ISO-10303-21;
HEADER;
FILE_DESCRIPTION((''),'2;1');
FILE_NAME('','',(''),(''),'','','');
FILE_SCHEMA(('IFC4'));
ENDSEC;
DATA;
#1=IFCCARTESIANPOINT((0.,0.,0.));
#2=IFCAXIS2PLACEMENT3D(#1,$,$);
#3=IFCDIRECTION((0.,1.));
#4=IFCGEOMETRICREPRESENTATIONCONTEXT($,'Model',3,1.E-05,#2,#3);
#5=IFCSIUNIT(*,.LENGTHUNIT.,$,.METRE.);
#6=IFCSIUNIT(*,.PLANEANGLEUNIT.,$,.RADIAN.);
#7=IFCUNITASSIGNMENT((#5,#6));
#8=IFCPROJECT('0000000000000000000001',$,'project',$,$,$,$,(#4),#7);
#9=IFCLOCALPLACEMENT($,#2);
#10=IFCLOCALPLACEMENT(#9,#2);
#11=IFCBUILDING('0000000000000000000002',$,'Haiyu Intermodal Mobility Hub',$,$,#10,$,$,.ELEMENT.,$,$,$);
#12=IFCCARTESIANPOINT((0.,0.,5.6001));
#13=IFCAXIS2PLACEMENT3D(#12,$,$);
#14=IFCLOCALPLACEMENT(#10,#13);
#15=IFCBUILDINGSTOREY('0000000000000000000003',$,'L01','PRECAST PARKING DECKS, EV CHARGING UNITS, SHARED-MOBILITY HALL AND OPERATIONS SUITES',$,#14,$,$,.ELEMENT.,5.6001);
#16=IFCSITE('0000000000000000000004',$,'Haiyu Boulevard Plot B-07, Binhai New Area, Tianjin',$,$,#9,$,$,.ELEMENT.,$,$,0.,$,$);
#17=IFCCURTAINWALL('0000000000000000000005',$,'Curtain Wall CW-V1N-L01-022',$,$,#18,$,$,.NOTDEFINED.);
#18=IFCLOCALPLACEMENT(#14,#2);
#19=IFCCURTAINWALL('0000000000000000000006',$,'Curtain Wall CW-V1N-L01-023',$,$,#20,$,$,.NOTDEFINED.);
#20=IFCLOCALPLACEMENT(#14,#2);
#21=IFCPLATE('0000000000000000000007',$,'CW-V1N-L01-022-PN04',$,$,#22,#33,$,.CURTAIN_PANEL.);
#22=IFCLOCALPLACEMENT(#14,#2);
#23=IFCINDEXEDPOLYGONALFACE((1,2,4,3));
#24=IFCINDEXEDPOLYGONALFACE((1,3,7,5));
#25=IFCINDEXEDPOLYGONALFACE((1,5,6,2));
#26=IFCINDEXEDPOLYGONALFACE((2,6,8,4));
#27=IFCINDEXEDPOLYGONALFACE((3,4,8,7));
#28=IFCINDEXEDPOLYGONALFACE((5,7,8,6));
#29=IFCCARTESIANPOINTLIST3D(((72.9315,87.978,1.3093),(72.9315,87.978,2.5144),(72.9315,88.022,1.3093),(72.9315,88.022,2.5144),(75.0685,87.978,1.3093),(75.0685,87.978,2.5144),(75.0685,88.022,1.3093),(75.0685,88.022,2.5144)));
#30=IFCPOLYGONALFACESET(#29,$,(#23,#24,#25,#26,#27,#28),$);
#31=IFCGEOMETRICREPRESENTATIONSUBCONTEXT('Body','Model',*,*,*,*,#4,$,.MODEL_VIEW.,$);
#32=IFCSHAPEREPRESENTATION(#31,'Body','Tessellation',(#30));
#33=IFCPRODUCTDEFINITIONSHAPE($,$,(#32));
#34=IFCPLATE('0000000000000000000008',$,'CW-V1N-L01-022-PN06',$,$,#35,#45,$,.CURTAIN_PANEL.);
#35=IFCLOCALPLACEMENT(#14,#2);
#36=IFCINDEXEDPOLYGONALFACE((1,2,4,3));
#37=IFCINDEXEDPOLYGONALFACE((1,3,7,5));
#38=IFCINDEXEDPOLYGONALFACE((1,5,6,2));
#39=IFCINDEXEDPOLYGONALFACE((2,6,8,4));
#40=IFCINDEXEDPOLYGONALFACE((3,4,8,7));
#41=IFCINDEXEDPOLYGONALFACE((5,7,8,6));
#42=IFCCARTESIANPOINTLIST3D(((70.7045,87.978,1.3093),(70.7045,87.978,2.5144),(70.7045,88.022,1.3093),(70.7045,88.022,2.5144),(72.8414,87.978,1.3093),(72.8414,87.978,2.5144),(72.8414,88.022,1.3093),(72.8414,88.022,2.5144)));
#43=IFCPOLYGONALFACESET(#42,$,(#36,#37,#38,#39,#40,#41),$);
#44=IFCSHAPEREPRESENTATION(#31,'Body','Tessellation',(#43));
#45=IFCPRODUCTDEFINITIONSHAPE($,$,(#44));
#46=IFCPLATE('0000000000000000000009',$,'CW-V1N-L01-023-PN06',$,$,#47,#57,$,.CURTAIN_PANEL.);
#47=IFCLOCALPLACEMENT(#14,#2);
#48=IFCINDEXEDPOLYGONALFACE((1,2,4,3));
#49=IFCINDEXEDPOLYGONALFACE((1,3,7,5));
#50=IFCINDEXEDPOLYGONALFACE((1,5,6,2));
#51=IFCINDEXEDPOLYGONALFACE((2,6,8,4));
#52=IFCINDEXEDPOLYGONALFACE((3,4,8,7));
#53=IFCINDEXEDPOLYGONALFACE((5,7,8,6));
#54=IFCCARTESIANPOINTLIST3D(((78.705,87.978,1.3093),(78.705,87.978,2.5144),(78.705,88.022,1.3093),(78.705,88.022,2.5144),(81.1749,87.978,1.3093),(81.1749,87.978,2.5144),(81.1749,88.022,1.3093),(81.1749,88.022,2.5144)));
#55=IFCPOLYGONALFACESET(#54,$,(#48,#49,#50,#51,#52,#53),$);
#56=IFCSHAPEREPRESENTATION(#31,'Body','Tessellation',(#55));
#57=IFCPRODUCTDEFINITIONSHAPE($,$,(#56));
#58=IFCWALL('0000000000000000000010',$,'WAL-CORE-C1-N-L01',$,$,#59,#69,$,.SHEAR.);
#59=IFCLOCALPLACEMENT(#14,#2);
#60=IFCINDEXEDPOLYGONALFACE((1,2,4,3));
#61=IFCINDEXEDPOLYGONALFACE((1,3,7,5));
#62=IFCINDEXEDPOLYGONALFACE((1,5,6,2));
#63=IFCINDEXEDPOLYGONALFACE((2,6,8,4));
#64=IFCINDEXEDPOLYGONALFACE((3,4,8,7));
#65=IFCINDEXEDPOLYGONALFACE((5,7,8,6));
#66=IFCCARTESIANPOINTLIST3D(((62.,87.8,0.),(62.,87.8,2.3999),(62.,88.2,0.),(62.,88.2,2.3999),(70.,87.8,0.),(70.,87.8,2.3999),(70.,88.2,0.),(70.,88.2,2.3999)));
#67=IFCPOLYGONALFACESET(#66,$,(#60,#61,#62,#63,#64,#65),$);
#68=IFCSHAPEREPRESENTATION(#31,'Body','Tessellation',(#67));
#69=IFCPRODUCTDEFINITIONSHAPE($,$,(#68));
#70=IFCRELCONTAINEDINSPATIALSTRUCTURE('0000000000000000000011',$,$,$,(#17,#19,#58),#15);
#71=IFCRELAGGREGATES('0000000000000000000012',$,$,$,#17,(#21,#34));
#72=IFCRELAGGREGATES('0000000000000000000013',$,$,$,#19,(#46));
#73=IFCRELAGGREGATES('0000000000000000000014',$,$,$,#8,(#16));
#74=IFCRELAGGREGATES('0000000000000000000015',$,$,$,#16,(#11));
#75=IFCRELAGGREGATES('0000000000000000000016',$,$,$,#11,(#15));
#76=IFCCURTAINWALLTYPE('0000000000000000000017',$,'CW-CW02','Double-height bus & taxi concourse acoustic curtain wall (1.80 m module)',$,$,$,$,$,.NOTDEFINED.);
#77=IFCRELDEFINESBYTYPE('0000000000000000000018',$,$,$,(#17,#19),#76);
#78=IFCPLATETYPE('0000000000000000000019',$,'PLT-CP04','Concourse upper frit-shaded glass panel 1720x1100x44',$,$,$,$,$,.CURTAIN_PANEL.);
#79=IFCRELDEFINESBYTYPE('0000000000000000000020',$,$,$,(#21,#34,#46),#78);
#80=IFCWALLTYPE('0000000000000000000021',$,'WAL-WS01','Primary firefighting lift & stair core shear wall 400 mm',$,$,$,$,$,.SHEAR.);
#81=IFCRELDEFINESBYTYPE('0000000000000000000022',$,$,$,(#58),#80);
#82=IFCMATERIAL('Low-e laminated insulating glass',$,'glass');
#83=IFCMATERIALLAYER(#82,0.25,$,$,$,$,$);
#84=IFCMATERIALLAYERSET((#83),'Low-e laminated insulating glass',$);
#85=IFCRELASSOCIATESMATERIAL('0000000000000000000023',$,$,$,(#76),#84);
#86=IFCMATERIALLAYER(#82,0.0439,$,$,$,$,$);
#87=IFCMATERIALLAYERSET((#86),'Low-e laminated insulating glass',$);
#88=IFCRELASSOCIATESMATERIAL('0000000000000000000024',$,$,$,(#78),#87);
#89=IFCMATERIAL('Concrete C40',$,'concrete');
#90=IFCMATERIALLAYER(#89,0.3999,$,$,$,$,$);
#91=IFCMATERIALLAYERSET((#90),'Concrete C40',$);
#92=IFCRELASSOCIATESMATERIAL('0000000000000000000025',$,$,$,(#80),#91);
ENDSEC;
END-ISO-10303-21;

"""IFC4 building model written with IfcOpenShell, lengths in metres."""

from ifc_helpers import new_model, si_unit, direction, frame, frame_2d, origin, origin_2d, place, context, subcontext, project, spatial, rectangle, extrude, material, layer, layer_set, type_object, element, aggregate, save


model = new_model("IFC4")

# Units and contexts
model_context = context("Model", 3, precision=1e-05, world=origin(), true_north=direction((0.0, 1.0)))
body_context = subcontext(model_context, "Body", "Model", "MODEL_VIEW")
ifc_project = project(units=[si_unit("LENGTHUNIT", "METRE"), si_unit("PLANEANGLEUNIT", "RADIAN")], contexts=[model_context])

# Site, building, storey
site_placement = place(None, origin())
site = spatial("IfcSite", under=ifc_project, at=site_placement, Name="Haiyu Boulevard Plot B-07, Binhai New Area, Tianjin", CompositionType="ELEMENT", RefElevation=0.0)
building_placement = place(site_placement, origin())
building = spatial("IfcBuilding", under=site, at=building_placement, Name="Haiyu Intermodal Mobility Hub", CompositionType="ELEMENT")
storey_placement = place(building_placement, frame((0.0, 0.0, 5.6001)))
storey = spatial("IfcBuildingStorey", under=building, at=storey_placement, Name="L01", Description="PRECAST PARKING DECKS, EV CHARGING UNITS, SHARED-MOBILITY HALL AND OPERATIONS SUITES", CompositionType="ELEMENT", Elevation=5.6001)

# Shared definitions
ifc_material_1 = material(Name="Concrete C40", Category="concrete")

# Curtain walls
ifc_material_2 = material(Name="Low-e laminated insulating glass", Category="glass")
ifc_layer_1 = layer(ifc_material_2, 0.25)
ifc_layer_set_1 = layer_set([ifc_layer_1], Name="Low-e laminated insulating glass")
curtain_wall_type = type_object("IfcCurtainWallType", Name="CW-CW02", Description="Double-height bus & taxi concourse acoustic curtain wall (1.80 m module)", PredefinedType="NOTDEFINED", material=ifc_layer_set_1)
curtain_wall_1_placement = place(storey_placement, origin())
curtain_wall_1 = element("IfcCurtainWall", 1, at=curtain_wall_1_placement, inside=storey, type_object=curtain_wall_type, Name="Curtain Wall CW-V1N-L01-022", PredefinedType="NOTDEFINED")
curtain_wall_2_placement = place(storey_placement, origin())
curtain_wall_2 = element("IfcCurtainWall", 2, at=curtain_wall_2_placement, inside=storey, type_object=curtain_wall_type, Name="Curtain Wall CW-V1N-L01-023", PredefinedType="NOTDEFINED")

# Plates
ifc_layer_2 = layer(ifc_material_2, 0.0439)
ifc_layer_set_2 = layer_set([ifc_layer_2], Name="Low-e laminated insulating glass")
plate_type_1 = type_object("IfcPlateType", Name="PLT-CP04", Description="Concourse upper frit-shaded glass panel 1720x1100x44", PredefinedType="CURTAIN_PANEL", material=ifc_layer_set_2)
plate_1_placement = place(storey_placement, frame((74.0, 88.0, 1.3093), z_axis=(0.0, 0.0, 1.0), x_axis=(-1.0, 0.0, 0.0)))
plate_1 = element("IfcPlate", 3, at=plate_1_placement, type_object=plate_type_1, Name="CW-V1N-L01-022-PN04", PredefinedType="CURTAIN_PANEL", context=body_context, shape_type="SweptSolid", body=[
    extrude(rectangle(XDim=2.137, YDim=0.0439, at=origin_2d()), origin(), (0.0, 0.0, 1.0), 1.2051),
])
plate_2_placement = place(storey_placement, frame((71.7729, 88.0, 1.3093), z_axis=(0.0, 0.0, 1.0), x_axis=(-1.0, 0.0, 0.0)))
plate_2 = element("IfcPlate", 4, at=plate_2_placement, type_object=plate_type_1, Name="CW-V1N-L01-022-PN06", PredefinedType="CURTAIN_PANEL", context=body_context, shape_type="SweptSolid", body=[
    extrude(rectangle(XDim=2.137, YDim=0.0439, at=origin_2d()), origin(), (0.0, 0.0, 1.0), 1.2051),
])
aggregate(curtain_wall_1, [plate_1, plate_2])
plate_3_placement = place(storey_placement, frame((79.9399, 88.0, 1.3093), z_axis=(0.0, 0.0, 1.0), x_axis=(-1.0, 0.0, 0.0)))
plate_3 = element("IfcPlate", 5, at=plate_3_placement, type_object=plate_type_1, Name="CW-V1N-L01-023-PN06", PredefinedType="CURTAIN_PANEL", context=body_context, shape_type="SweptSolid", body=[
    extrude(rectangle(XDim=2.47, YDim=0.0439, at=origin_2d()), origin(), (0.0, 0.0, 1.0), 1.2051),
])
aggregate(curtain_wall_2, [plate_3])

# Wall
ifc_layer_3 = layer(ifc_material_1, 0.3999)
ifc_layer_set_3 = layer_set([ifc_layer_3], Name="Concrete C40")
wall_type = type_object("IfcWallType", Name="WAL-WS01", Description="Primary firefighting lift & stair core shear wall 400 mm", PredefinedType="SHEAR", material=ifc_layer_set_3)
wall_placement = place(storey_placement, frame((70.0, 88.0, 0.0), z_axis=(0.0, 0.0, 1.0), x_axis=(-1.0, 0.0, 0.0)))
element("IfcWall", 6, at=wall_placement, inside=storey, type_object=wall_type, Name="WAL-CORE-C1-N-L01", PredefinedType="SHEAR", context=body_context, shape_type="SweptSolid", body=[
    extrude(rectangle(XDim=8.0, YDim=0.3999, at=frame_2d((4.0, 0.0))), origin(), (0.0, 0.0, 1.0), 2.3999),
])

save(model, "model.ifc")
